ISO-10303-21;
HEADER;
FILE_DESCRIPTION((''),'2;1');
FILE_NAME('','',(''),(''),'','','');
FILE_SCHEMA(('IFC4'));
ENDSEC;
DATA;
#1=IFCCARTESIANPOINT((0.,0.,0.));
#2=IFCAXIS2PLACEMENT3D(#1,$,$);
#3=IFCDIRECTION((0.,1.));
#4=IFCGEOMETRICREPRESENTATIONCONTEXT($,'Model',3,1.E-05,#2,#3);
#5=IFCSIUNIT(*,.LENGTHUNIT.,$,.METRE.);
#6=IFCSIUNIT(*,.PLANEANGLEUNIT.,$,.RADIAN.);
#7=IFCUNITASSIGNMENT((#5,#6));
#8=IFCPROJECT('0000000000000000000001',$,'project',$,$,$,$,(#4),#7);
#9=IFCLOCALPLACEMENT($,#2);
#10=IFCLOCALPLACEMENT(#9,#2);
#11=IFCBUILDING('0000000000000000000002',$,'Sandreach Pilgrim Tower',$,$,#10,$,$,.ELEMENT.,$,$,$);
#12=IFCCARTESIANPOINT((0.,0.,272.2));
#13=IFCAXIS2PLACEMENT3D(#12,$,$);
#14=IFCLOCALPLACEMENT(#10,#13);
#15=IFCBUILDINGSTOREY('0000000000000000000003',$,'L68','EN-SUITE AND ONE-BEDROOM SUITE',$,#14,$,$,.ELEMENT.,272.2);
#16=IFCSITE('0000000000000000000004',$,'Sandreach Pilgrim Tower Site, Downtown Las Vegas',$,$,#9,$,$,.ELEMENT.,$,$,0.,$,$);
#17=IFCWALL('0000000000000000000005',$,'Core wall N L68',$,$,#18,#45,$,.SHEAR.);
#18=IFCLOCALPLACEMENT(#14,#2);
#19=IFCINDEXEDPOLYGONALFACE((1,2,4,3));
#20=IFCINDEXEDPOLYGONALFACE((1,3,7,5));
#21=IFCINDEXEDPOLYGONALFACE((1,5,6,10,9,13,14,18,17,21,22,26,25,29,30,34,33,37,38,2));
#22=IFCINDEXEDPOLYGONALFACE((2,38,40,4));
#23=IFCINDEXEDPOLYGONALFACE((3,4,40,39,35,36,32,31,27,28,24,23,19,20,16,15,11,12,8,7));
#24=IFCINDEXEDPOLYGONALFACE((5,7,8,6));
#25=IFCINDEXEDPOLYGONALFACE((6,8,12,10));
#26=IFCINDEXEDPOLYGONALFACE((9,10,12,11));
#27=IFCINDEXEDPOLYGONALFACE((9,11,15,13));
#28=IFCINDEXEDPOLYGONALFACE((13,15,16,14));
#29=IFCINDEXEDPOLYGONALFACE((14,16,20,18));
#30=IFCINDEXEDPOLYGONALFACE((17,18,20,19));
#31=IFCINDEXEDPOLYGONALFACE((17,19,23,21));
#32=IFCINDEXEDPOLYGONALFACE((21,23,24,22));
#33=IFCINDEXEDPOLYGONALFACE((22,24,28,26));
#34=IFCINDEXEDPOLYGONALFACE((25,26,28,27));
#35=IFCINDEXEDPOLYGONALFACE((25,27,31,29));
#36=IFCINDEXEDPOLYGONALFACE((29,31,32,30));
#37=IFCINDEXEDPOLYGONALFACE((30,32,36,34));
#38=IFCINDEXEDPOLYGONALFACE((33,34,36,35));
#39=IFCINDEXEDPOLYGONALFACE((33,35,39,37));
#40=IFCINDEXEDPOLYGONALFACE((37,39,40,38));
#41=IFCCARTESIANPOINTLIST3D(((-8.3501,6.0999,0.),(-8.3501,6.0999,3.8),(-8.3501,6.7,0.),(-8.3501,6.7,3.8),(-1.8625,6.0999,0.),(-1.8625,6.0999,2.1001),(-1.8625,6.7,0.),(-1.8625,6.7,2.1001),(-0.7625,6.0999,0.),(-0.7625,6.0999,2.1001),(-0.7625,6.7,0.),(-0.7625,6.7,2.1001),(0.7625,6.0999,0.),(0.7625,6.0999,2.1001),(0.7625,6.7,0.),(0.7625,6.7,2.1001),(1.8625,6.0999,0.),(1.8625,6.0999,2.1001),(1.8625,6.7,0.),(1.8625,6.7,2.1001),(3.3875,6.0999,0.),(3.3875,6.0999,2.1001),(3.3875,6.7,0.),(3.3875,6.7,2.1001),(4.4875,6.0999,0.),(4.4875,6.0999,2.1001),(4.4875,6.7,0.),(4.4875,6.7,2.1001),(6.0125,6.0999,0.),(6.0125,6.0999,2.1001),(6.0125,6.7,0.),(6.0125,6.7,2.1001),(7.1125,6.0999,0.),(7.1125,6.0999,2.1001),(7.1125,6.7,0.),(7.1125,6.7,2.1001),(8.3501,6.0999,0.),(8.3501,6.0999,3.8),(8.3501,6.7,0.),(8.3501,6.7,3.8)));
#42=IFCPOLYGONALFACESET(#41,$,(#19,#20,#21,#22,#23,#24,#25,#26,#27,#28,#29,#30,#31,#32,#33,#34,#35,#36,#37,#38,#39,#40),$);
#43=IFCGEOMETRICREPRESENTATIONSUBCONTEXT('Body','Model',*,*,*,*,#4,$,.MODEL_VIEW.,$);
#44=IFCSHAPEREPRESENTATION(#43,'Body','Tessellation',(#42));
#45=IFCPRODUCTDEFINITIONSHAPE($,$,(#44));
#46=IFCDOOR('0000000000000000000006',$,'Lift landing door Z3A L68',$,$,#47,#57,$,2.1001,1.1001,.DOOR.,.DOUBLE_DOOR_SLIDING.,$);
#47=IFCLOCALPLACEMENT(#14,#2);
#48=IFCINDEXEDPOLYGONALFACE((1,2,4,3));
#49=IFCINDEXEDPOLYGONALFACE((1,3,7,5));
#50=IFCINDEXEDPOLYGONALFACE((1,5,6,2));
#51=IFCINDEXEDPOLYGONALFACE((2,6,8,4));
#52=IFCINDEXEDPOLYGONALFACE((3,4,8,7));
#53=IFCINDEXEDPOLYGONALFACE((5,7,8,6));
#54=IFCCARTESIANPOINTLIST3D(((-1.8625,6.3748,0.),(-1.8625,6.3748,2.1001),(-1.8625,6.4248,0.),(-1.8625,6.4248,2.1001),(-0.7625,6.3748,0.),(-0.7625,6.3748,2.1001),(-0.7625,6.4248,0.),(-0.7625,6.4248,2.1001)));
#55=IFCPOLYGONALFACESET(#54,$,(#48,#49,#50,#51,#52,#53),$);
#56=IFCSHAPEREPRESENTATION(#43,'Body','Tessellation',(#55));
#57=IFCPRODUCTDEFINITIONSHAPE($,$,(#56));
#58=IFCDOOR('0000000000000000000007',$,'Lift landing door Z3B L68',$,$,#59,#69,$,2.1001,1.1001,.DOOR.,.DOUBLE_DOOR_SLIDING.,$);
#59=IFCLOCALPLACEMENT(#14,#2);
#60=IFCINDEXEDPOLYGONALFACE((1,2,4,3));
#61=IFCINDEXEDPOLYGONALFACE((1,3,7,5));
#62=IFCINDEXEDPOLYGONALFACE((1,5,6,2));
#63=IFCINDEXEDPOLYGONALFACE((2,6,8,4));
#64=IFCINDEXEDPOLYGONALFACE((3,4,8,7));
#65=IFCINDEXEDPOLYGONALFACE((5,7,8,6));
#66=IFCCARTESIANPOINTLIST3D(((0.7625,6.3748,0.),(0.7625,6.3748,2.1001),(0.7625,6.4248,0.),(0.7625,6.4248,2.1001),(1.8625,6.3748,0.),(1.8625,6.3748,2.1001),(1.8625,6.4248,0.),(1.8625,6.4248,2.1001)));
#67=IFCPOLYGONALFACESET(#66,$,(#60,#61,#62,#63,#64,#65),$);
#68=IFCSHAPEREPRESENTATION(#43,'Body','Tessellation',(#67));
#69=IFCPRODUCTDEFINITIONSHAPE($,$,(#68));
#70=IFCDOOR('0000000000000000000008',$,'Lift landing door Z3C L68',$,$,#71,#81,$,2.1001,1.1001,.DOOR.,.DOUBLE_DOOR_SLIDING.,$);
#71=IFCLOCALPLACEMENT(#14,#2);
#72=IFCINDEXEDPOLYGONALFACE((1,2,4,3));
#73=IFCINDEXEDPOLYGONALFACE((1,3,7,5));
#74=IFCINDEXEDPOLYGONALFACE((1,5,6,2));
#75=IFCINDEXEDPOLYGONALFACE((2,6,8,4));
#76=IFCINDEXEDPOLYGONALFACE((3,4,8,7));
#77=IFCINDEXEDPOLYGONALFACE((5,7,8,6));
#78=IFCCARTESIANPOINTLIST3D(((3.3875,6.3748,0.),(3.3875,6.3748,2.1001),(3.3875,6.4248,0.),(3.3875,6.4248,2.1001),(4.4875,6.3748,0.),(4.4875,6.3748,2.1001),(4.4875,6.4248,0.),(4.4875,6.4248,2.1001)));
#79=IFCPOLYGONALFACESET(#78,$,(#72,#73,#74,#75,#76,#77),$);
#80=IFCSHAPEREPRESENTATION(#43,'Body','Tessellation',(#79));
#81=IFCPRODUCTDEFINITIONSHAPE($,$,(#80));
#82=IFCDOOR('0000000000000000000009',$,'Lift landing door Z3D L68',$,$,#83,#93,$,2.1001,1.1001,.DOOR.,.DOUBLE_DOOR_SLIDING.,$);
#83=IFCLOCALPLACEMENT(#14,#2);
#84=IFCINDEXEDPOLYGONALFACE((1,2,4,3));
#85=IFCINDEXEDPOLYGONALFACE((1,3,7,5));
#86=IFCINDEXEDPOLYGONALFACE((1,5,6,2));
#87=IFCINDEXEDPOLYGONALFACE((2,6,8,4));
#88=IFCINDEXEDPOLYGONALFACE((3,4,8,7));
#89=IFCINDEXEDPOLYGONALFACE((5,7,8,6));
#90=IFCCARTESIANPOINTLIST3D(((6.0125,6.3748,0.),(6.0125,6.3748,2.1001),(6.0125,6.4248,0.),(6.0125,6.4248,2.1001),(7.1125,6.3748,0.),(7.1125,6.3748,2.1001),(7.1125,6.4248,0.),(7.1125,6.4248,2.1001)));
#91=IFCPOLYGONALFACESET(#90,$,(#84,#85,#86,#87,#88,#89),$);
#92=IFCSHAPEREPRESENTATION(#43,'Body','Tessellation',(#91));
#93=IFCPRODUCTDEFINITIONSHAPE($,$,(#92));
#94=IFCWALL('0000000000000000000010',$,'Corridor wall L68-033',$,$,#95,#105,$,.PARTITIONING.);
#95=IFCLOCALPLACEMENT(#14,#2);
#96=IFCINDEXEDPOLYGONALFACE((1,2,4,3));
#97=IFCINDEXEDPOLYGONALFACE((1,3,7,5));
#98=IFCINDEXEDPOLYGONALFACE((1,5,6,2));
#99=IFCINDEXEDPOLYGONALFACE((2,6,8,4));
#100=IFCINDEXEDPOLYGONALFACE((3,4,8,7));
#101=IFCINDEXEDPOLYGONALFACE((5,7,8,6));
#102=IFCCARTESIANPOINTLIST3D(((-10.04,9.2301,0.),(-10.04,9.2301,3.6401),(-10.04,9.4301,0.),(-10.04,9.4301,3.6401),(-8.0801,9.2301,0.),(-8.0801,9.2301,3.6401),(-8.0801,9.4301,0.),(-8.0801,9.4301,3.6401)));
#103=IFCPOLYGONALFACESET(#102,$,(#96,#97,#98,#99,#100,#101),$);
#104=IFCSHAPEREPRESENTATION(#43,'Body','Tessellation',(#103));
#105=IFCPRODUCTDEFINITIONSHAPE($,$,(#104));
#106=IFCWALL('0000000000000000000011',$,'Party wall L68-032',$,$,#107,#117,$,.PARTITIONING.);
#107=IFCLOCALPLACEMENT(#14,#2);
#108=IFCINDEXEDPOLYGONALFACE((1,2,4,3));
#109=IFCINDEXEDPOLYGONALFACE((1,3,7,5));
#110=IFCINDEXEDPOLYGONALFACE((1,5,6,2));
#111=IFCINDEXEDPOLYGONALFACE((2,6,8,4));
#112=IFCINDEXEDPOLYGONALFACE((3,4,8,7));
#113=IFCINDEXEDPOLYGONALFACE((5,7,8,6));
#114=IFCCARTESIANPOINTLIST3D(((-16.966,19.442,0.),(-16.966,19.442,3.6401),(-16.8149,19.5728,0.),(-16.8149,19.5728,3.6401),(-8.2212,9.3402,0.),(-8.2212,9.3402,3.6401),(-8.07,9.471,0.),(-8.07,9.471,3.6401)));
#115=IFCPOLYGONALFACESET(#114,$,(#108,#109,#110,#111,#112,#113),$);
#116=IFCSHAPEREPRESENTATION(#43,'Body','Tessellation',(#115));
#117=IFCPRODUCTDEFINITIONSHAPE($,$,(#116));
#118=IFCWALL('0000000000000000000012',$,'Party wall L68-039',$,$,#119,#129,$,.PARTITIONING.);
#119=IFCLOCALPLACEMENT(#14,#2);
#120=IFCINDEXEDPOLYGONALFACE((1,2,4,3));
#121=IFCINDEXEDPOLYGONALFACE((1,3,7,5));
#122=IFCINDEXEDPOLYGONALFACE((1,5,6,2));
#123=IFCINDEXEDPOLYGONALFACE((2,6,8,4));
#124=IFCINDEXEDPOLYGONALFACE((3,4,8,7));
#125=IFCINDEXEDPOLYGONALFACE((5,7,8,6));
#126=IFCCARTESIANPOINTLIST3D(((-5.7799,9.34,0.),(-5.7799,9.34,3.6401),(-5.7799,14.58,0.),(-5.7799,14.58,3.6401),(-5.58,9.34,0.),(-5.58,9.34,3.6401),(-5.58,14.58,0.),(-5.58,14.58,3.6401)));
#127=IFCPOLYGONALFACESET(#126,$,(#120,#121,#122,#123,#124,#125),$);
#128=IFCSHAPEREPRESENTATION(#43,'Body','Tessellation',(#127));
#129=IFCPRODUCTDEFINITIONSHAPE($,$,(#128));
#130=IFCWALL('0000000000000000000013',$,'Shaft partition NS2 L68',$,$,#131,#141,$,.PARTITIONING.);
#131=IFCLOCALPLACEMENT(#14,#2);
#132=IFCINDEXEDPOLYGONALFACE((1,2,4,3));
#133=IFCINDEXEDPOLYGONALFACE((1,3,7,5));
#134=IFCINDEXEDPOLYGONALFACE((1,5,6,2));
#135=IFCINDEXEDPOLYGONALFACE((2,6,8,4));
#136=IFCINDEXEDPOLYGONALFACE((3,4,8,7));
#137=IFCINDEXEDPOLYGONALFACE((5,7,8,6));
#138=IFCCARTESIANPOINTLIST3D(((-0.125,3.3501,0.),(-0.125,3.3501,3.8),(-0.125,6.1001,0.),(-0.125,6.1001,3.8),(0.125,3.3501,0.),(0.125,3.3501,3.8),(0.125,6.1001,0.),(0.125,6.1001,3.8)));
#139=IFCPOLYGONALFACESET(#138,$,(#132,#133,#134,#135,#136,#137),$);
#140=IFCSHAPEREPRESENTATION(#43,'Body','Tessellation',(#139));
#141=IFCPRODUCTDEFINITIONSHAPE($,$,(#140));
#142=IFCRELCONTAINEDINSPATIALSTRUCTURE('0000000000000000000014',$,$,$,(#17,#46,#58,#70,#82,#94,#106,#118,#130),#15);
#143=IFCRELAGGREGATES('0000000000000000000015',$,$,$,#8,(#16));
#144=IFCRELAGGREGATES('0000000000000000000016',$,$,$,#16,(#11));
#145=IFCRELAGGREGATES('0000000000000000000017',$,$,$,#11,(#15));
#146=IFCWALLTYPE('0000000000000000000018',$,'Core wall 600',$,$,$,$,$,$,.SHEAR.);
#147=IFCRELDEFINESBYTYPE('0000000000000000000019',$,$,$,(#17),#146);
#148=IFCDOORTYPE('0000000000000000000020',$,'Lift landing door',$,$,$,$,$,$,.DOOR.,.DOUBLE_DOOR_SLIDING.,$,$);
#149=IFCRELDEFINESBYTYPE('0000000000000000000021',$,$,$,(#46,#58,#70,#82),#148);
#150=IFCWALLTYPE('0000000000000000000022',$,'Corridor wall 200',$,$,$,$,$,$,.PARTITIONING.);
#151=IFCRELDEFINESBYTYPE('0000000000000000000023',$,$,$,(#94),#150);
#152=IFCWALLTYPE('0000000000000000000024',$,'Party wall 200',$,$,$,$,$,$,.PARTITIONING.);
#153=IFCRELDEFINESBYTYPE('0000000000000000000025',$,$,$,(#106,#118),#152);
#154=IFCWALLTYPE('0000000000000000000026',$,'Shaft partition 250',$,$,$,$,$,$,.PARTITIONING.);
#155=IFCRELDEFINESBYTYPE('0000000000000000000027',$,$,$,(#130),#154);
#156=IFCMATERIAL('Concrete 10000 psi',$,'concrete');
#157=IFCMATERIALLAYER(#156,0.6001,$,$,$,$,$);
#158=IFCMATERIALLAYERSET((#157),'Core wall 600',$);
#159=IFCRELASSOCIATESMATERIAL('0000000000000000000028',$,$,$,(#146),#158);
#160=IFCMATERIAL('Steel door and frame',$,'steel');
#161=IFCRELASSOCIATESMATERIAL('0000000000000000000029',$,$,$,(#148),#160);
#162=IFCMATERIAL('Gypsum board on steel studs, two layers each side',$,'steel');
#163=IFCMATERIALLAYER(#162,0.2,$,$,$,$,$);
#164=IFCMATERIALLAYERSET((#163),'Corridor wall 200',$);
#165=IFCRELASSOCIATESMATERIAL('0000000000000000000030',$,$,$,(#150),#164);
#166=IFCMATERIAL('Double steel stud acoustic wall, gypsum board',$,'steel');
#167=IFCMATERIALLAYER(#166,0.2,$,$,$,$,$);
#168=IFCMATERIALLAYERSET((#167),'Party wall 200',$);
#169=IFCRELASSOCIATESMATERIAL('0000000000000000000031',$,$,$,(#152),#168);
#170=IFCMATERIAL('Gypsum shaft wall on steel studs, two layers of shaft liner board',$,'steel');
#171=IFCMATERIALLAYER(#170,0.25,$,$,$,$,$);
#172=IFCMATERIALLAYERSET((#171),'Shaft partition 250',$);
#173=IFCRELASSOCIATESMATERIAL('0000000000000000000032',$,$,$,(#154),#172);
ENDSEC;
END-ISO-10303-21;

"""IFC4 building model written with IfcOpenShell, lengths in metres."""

from ifc_helpers import new_model, si_unit, direction, frame, frame_2d, origin, place, context, subcontext, project, spatial, rectangle, extrude, material, layer, layer_set, type_object, element, fill, save


model = new_model("IFC4")

# Units and contexts
model_context = context("Model", 3, precision=1e-05, world=origin(), true_north=direction((0.0, 1.0)))
body_context = subcontext(model_context, "Body", "Model", "MODEL_VIEW")
ifc_project = project(units=[si_unit("LENGTHUNIT", "METRE"), si_unit("PLANEANGLEUNIT", "RADIAN")], contexts=[model_context])

# Site, building, storey
site_placement = place(None, origin())
site = spatial("IfcSite", under=ifc_project, at=site_placement, Name="Sandreach Pilgrim Tower Site, Downtown Las Vegas", CompositionType="ELEMENT", RefElevation=0.0)
building_placement = place(site_placement, origin())
building = spatial("IfcBuilding", under=site, at=building_placement, Name="Sandreach Pilgrim Tower", CompositionType="ELEMENT")
storey_placement = place(building_placement, frame((0.0, 0.0, 272.2)))
storey = spatial("IfcBuildingStorey", under=building, at=storey_placement, Name="L68", Description="EN-SUITE AND ONE-BEDROOM SUITE", CompositionType="ELEMENT", Elevation=272.2)

# Wall, openings, doors
ifc_material_1 = material(Name="Concrete 10000 psi", Category="concrete")
ifc_layer_1 = layer(ifc_material_1, 0.6001)
ifc_layer_set_1 = layer_set([ifc_layer_1], Name="Core wall 600")
wall_type_1 = type_object("IfcWallType", Name="Core wall 600", PredefinedType="SHEAR", material=ifc_layer_set_1)
wall_1_placement = place(storey_placement, frame((-8.3501, 6.3999, 0.0), z_axis=(0.0, 0.0, 1.0), x_axis=(1.0, 0.0, 0.0)))
wall_1 = element("IfcWall", 1, at=wall_1_placement, inside=storey, type_object=wall_type_1, Name="Core wall N L68", PredefinedType="SHEAR", context=body_context, shape_type="SweptSolid", body=[
    extrude(rectangle(XDim=16.7002, YDim=0.6001, at=frame_2d((8.3501, 0.0))), origin(), (0.0, 0.0, 1.0), 3.8),
])
opening_1_placement = place(wall_1_placement, frame((6.4875, 0.0, 0.0)))
opening_1 = element("IfcOpeningElement", 2, at=opening_1_placement, cuts=wall_1, PredefinedType="OPENING", context=body_context, shape_type="SweptSolid", body=[
    extrude(rectangle(XDim=1.1001, YDim=2.1001, at=frame_2d((0.55, 1.05))), frame((0.0, 0.3, 0.0), z_axis=(0.0, -1.0, 0.0), x_axis=(1.0, 0.0, 0.0)), (0.0, 0.0, 1.0), 0.6001),
])
opening_2_placement = place(wall_1_placement, frame((9.1125, 0.0, 0.0)))
opening_2 = element("IfcOpeningElement", 3, at=opening_2_placement, cuts=wall_1, PredefinedType="OPENING", context=body_context, shape_type="SweptSolid", body=[
    extrude(rectangle(XDim=1.1001, YDim=2.1001, at=frame_2d((0.55, 1.05))), frame((0.0, 0.3, 0.0), z_axis=(0.0, -1.0, 0.0), x_axis=(1.0, 0.0, 0.0)), (0.0, 0.0, 1.0), 0.6001),
])
opening_3_placement = place(wall_1_placement, frame((11.7375, 0.0, 0.0)))
opening_3 = element("IfcOpeningElement", 4, at=opening_3_placement, cuts=wall_1, PredefinedType="OPENING", context=body_context, shape_type="SweptSolid", body=[
    extrude(rectangle(XDim=1.1001, YDim=2.1001, at=frame_2d((0.55, 1.05))), frame((0.0, 0.3, 0.0), z_axis=(0.0, -1.0, 0.0), x_axis=(1.0, 0.0, 0.0)), (0.0, 0.0, 1.0), 0.6001),
])
opening_4_placement = place(wall_1_placement, frame((14.3625, 0.0, 0.0)))
opening_4 = element("IfcOpeningElement", 5, at=opening_4_placement, cuts=wall_1, PredefinedType="OPENING", context=body_context, shape_type="SweptSolid", body=[
    extrude(rectangle(XDim=1.1001, YDim=2.1001, at=frame_2d((0.55, 1.05))), frame((0.0, 0.3, 0.0), z_axis=(0.0, -1.0, 0.0), x_axis=(1.0, 0.0, 0.0)), (0.0, 0.0, 1.0), 0.6001),
])
ifc_material_2 = material(Name="Steel door and frame", Category="steel")
door_type_1 = type_object("IfcDoorType", Name="Lift landing door", OperationType="DOUBLE_DOOR_SLIDING", PredefinedType="DOOR", material=ifc_material_2)
door_1_placement = place(opening_1_placement, origin())
door_1 = element("IfcDoor", 6, at=door_1_placement, inside=storey, type_object=door_type_1, Name="Lift landing door Z3A L68", OperationType="DOUBLE_DOOR_SLIDING", OverallHeight=2.1001, OverallWidth=1.1001, PredefinedType="DOOR", context=body_context, shape_type="SweptSolid", body=[
    extrude(rectangle(XDim=1.1001, YDim=2.1001, at=frame_2d((0.55, 1.05))), frame((0.0, 0.0249, 0.0), z_axis=(0.0, -1.0, 0.0), x_axis=(1.0, 0.0, 0.0)), (0.0, 0.0, 1.0), 0.05),
])
fill(opening_1, door_1)
door_2_placement = place(opening_2_placement, origin())
door_2 = element("IfcDoor", 7, at=door_2_placement, inside=storey, type_object=door_type_1, Name="Lift landing door Z3B L68", OperationType="DOUBLE_DOOR_SLIDING", OverallHeight=2.1001, OverallWidth=1.1001, PredefinedType="DOOR", context=body_context, shape_type="SweptSolid", body=[
    extrude(rectangle(XDim=1.1001, YDim=2.1001, at=frame_2d((0.55, 1.05))), frame((0.0, 0.0249, 0.0), z_axis=(0.0, -1.0, 0.0), x_axis=(1.0, 0.0, 0.0)), (0.0, 0.0, 1.0), 0.05),
])
fill(opening_2, door_2)
door_3_placement = place(opening_3_placement, origin())
door_3 = element("IfcDoor", 8, at=door_3_placement, inside=storey, type_object=door_type_1, Name="Lift landing door Z3C L68", OperationType="DOUBLE_DOOR_SLIDING", OverallHeight=2.1001, OverallWidth=1.1001, PredefinedType="DOOR", context=body_context, shape_type="SweptSolid", body=[
    extrude(rectangle(XDim=1.1001, YDim=2.1001, at=frame_2d((0.55, 1.05))), frame((0.0, 0.0249, 0.0), z_axis=(0.0, -1.0, 0.0), x_axis=(1.0, 0.0, 0.0)), (0.0, 0.0, 1.0), 0.05),
])
fill(opening_3, door_3)
door_4_placement = place(opening_4_placement, origin())
door_4 = element("IfcDoor", 9, at=door_4_placement, inside=storey, type_object=door_type_1, Name="Lift landing door Z3D L68", OperationType="DOUBLE_DOOR_SLIDING", OverallHeight=2.1001, OverallWidth=1.1001, PredefinedType="DOOR", context=body_context, shape_type="SweptSolid", body=[
    extrude(rectangle(XDim=1.1001, YDim=2.1001, at=frame_2d((0.55, 1.05))), frame((0.0, 0.0249, 0.0), z_axis=(0.0, -1.0, 0.0), x_axis=(1.0, 0.0, 0.0)), (0.0, 0.0, 1.0), 0.05),
])
fill(opening_4, door_4)

# Shared definitions
ifc_material_3 = material(Name="Gypsum board on steel studs, two layers each side", Category="steel")
ifc_layer_2 = layer(ifc_material_3, 0.2)
ifc_layer_set_2 = layer_set([ifc_layer_2], Name="Corridor wall 200")
wall_type_2 = type_object("IfcWallType", Name="Corridor wall 200", PredefinedType="PARTITIONING", material=ifc_layer_set_2)

# Wall
wall_2_placement = place(storey_placement, frame((-8.0801, 9.3301, 0.0), z_axis=(0.0, 0.0, 1.0), x_axis=(-1.0, 0.0, 0.0)))
element("IfcWall", 10, at=wall_2_placement, inside=storey, type_object=wall_type_2, Name="Corridor wall L68-033", PredefinedType="PARTITIONING", context=body_context, shape_type="SweptSolid", body=[
    extrude(rectangle(XDim=1.96, YDim=0.2, at=frame_2d((0.98, 0.0))), origin(), (0.0, 0.0, 1.0), 3.6401),
])

# Walls
ifc_material_4 = material(Name="Double steel stud acoustic wall, gypsum board", Category="steel")
ifc_layer_3 = layer(ifc_material_4, 0.2)
ifc_layer_set_3 = layer_set([ifc_layer_3], Name="Party wall 200")
wall_type_3 = type_object("IfcWallType", Name="Party wall 200", PredefinedType="PARTITIONING", material=ifc_layer_set_3)
wall_3_placement = place(storey_placement, frame((-8.1455, 9.4055, 0.0), z_axis=(0.0, 0.0, 1.0), x_axis=(-0.654502, 0.75606, 0.0)))
element("IfcWall", 11, at=wall_3_placement, inside=storey, type_object=wall_type_3, Name="Party wall L68-032", PredefinedType="PARTITIONING", context=body_context, shape_type="SweptSolid", body=[
    extrude(rectangle(XDim=13.3611, YDim=0.2, at=frame_2d((6.6807, 0.0))), origin(), (0.0, 0.0, 1.0), 3.6401),
])
wall_4_placement = place(storey_placement, frame((-5.6799, 14.5801, 0.0), z_axis=(0.0, 0.0, 1.0), x_axis=(0.0, -1.0, 0.0)))
element("IfcWall", 12, at=wall_4_placement, inside=storey, type_object=wall_type_3, Name="Party wall L68-039", PredefinedType="PARTITIONING", context=body_context, shape_type="SweptSolid", body=[
    extrude(rectangle(XDim=5.24, YDim=0.2, at=frame_2d((2.6201, 0.0))), origin(), (0.0, 0.0, 1.0), 3.6401),
])
ifc_material_5 = material(Name="Gypsum shaft wall on steel studs, two layers of shaft liner board", Category="steel")
ifc_layer_4 = layer(ifc_material_5, 0.25)
ifc_layer_set_4 = layer_set([ifc_layer_4], Name="Shaft partition 250")
wall_type_4 = type_object("IfcWallType", Name="Shaft partition 250", PredefinedType="PARTITIONING", material=ifc_layer_set_4)
wall_5_placement = place(storey_placement, frame((0.0, 3.3501, 0.0), z_axis=(0.0, 0.0, 1.0), x_axis=(0.0, 1.0, 0.0)))
element("IfcWall", 13, at=wall_5_placement, inside=storey, type_object=wall_type_4, Name="Shaft partition NS2 L68", PredefinedType="PARTITIONING", context=body_context, shape_type="SweptSolid", body=[
    extrude(rectangle(XDim=2.75, YDim=0.25, at=frame_2d((1.375, 0.0))), origin(), (0.0, 0.0, 1.0), 3.8),
])

save(model, "model.ifc")
